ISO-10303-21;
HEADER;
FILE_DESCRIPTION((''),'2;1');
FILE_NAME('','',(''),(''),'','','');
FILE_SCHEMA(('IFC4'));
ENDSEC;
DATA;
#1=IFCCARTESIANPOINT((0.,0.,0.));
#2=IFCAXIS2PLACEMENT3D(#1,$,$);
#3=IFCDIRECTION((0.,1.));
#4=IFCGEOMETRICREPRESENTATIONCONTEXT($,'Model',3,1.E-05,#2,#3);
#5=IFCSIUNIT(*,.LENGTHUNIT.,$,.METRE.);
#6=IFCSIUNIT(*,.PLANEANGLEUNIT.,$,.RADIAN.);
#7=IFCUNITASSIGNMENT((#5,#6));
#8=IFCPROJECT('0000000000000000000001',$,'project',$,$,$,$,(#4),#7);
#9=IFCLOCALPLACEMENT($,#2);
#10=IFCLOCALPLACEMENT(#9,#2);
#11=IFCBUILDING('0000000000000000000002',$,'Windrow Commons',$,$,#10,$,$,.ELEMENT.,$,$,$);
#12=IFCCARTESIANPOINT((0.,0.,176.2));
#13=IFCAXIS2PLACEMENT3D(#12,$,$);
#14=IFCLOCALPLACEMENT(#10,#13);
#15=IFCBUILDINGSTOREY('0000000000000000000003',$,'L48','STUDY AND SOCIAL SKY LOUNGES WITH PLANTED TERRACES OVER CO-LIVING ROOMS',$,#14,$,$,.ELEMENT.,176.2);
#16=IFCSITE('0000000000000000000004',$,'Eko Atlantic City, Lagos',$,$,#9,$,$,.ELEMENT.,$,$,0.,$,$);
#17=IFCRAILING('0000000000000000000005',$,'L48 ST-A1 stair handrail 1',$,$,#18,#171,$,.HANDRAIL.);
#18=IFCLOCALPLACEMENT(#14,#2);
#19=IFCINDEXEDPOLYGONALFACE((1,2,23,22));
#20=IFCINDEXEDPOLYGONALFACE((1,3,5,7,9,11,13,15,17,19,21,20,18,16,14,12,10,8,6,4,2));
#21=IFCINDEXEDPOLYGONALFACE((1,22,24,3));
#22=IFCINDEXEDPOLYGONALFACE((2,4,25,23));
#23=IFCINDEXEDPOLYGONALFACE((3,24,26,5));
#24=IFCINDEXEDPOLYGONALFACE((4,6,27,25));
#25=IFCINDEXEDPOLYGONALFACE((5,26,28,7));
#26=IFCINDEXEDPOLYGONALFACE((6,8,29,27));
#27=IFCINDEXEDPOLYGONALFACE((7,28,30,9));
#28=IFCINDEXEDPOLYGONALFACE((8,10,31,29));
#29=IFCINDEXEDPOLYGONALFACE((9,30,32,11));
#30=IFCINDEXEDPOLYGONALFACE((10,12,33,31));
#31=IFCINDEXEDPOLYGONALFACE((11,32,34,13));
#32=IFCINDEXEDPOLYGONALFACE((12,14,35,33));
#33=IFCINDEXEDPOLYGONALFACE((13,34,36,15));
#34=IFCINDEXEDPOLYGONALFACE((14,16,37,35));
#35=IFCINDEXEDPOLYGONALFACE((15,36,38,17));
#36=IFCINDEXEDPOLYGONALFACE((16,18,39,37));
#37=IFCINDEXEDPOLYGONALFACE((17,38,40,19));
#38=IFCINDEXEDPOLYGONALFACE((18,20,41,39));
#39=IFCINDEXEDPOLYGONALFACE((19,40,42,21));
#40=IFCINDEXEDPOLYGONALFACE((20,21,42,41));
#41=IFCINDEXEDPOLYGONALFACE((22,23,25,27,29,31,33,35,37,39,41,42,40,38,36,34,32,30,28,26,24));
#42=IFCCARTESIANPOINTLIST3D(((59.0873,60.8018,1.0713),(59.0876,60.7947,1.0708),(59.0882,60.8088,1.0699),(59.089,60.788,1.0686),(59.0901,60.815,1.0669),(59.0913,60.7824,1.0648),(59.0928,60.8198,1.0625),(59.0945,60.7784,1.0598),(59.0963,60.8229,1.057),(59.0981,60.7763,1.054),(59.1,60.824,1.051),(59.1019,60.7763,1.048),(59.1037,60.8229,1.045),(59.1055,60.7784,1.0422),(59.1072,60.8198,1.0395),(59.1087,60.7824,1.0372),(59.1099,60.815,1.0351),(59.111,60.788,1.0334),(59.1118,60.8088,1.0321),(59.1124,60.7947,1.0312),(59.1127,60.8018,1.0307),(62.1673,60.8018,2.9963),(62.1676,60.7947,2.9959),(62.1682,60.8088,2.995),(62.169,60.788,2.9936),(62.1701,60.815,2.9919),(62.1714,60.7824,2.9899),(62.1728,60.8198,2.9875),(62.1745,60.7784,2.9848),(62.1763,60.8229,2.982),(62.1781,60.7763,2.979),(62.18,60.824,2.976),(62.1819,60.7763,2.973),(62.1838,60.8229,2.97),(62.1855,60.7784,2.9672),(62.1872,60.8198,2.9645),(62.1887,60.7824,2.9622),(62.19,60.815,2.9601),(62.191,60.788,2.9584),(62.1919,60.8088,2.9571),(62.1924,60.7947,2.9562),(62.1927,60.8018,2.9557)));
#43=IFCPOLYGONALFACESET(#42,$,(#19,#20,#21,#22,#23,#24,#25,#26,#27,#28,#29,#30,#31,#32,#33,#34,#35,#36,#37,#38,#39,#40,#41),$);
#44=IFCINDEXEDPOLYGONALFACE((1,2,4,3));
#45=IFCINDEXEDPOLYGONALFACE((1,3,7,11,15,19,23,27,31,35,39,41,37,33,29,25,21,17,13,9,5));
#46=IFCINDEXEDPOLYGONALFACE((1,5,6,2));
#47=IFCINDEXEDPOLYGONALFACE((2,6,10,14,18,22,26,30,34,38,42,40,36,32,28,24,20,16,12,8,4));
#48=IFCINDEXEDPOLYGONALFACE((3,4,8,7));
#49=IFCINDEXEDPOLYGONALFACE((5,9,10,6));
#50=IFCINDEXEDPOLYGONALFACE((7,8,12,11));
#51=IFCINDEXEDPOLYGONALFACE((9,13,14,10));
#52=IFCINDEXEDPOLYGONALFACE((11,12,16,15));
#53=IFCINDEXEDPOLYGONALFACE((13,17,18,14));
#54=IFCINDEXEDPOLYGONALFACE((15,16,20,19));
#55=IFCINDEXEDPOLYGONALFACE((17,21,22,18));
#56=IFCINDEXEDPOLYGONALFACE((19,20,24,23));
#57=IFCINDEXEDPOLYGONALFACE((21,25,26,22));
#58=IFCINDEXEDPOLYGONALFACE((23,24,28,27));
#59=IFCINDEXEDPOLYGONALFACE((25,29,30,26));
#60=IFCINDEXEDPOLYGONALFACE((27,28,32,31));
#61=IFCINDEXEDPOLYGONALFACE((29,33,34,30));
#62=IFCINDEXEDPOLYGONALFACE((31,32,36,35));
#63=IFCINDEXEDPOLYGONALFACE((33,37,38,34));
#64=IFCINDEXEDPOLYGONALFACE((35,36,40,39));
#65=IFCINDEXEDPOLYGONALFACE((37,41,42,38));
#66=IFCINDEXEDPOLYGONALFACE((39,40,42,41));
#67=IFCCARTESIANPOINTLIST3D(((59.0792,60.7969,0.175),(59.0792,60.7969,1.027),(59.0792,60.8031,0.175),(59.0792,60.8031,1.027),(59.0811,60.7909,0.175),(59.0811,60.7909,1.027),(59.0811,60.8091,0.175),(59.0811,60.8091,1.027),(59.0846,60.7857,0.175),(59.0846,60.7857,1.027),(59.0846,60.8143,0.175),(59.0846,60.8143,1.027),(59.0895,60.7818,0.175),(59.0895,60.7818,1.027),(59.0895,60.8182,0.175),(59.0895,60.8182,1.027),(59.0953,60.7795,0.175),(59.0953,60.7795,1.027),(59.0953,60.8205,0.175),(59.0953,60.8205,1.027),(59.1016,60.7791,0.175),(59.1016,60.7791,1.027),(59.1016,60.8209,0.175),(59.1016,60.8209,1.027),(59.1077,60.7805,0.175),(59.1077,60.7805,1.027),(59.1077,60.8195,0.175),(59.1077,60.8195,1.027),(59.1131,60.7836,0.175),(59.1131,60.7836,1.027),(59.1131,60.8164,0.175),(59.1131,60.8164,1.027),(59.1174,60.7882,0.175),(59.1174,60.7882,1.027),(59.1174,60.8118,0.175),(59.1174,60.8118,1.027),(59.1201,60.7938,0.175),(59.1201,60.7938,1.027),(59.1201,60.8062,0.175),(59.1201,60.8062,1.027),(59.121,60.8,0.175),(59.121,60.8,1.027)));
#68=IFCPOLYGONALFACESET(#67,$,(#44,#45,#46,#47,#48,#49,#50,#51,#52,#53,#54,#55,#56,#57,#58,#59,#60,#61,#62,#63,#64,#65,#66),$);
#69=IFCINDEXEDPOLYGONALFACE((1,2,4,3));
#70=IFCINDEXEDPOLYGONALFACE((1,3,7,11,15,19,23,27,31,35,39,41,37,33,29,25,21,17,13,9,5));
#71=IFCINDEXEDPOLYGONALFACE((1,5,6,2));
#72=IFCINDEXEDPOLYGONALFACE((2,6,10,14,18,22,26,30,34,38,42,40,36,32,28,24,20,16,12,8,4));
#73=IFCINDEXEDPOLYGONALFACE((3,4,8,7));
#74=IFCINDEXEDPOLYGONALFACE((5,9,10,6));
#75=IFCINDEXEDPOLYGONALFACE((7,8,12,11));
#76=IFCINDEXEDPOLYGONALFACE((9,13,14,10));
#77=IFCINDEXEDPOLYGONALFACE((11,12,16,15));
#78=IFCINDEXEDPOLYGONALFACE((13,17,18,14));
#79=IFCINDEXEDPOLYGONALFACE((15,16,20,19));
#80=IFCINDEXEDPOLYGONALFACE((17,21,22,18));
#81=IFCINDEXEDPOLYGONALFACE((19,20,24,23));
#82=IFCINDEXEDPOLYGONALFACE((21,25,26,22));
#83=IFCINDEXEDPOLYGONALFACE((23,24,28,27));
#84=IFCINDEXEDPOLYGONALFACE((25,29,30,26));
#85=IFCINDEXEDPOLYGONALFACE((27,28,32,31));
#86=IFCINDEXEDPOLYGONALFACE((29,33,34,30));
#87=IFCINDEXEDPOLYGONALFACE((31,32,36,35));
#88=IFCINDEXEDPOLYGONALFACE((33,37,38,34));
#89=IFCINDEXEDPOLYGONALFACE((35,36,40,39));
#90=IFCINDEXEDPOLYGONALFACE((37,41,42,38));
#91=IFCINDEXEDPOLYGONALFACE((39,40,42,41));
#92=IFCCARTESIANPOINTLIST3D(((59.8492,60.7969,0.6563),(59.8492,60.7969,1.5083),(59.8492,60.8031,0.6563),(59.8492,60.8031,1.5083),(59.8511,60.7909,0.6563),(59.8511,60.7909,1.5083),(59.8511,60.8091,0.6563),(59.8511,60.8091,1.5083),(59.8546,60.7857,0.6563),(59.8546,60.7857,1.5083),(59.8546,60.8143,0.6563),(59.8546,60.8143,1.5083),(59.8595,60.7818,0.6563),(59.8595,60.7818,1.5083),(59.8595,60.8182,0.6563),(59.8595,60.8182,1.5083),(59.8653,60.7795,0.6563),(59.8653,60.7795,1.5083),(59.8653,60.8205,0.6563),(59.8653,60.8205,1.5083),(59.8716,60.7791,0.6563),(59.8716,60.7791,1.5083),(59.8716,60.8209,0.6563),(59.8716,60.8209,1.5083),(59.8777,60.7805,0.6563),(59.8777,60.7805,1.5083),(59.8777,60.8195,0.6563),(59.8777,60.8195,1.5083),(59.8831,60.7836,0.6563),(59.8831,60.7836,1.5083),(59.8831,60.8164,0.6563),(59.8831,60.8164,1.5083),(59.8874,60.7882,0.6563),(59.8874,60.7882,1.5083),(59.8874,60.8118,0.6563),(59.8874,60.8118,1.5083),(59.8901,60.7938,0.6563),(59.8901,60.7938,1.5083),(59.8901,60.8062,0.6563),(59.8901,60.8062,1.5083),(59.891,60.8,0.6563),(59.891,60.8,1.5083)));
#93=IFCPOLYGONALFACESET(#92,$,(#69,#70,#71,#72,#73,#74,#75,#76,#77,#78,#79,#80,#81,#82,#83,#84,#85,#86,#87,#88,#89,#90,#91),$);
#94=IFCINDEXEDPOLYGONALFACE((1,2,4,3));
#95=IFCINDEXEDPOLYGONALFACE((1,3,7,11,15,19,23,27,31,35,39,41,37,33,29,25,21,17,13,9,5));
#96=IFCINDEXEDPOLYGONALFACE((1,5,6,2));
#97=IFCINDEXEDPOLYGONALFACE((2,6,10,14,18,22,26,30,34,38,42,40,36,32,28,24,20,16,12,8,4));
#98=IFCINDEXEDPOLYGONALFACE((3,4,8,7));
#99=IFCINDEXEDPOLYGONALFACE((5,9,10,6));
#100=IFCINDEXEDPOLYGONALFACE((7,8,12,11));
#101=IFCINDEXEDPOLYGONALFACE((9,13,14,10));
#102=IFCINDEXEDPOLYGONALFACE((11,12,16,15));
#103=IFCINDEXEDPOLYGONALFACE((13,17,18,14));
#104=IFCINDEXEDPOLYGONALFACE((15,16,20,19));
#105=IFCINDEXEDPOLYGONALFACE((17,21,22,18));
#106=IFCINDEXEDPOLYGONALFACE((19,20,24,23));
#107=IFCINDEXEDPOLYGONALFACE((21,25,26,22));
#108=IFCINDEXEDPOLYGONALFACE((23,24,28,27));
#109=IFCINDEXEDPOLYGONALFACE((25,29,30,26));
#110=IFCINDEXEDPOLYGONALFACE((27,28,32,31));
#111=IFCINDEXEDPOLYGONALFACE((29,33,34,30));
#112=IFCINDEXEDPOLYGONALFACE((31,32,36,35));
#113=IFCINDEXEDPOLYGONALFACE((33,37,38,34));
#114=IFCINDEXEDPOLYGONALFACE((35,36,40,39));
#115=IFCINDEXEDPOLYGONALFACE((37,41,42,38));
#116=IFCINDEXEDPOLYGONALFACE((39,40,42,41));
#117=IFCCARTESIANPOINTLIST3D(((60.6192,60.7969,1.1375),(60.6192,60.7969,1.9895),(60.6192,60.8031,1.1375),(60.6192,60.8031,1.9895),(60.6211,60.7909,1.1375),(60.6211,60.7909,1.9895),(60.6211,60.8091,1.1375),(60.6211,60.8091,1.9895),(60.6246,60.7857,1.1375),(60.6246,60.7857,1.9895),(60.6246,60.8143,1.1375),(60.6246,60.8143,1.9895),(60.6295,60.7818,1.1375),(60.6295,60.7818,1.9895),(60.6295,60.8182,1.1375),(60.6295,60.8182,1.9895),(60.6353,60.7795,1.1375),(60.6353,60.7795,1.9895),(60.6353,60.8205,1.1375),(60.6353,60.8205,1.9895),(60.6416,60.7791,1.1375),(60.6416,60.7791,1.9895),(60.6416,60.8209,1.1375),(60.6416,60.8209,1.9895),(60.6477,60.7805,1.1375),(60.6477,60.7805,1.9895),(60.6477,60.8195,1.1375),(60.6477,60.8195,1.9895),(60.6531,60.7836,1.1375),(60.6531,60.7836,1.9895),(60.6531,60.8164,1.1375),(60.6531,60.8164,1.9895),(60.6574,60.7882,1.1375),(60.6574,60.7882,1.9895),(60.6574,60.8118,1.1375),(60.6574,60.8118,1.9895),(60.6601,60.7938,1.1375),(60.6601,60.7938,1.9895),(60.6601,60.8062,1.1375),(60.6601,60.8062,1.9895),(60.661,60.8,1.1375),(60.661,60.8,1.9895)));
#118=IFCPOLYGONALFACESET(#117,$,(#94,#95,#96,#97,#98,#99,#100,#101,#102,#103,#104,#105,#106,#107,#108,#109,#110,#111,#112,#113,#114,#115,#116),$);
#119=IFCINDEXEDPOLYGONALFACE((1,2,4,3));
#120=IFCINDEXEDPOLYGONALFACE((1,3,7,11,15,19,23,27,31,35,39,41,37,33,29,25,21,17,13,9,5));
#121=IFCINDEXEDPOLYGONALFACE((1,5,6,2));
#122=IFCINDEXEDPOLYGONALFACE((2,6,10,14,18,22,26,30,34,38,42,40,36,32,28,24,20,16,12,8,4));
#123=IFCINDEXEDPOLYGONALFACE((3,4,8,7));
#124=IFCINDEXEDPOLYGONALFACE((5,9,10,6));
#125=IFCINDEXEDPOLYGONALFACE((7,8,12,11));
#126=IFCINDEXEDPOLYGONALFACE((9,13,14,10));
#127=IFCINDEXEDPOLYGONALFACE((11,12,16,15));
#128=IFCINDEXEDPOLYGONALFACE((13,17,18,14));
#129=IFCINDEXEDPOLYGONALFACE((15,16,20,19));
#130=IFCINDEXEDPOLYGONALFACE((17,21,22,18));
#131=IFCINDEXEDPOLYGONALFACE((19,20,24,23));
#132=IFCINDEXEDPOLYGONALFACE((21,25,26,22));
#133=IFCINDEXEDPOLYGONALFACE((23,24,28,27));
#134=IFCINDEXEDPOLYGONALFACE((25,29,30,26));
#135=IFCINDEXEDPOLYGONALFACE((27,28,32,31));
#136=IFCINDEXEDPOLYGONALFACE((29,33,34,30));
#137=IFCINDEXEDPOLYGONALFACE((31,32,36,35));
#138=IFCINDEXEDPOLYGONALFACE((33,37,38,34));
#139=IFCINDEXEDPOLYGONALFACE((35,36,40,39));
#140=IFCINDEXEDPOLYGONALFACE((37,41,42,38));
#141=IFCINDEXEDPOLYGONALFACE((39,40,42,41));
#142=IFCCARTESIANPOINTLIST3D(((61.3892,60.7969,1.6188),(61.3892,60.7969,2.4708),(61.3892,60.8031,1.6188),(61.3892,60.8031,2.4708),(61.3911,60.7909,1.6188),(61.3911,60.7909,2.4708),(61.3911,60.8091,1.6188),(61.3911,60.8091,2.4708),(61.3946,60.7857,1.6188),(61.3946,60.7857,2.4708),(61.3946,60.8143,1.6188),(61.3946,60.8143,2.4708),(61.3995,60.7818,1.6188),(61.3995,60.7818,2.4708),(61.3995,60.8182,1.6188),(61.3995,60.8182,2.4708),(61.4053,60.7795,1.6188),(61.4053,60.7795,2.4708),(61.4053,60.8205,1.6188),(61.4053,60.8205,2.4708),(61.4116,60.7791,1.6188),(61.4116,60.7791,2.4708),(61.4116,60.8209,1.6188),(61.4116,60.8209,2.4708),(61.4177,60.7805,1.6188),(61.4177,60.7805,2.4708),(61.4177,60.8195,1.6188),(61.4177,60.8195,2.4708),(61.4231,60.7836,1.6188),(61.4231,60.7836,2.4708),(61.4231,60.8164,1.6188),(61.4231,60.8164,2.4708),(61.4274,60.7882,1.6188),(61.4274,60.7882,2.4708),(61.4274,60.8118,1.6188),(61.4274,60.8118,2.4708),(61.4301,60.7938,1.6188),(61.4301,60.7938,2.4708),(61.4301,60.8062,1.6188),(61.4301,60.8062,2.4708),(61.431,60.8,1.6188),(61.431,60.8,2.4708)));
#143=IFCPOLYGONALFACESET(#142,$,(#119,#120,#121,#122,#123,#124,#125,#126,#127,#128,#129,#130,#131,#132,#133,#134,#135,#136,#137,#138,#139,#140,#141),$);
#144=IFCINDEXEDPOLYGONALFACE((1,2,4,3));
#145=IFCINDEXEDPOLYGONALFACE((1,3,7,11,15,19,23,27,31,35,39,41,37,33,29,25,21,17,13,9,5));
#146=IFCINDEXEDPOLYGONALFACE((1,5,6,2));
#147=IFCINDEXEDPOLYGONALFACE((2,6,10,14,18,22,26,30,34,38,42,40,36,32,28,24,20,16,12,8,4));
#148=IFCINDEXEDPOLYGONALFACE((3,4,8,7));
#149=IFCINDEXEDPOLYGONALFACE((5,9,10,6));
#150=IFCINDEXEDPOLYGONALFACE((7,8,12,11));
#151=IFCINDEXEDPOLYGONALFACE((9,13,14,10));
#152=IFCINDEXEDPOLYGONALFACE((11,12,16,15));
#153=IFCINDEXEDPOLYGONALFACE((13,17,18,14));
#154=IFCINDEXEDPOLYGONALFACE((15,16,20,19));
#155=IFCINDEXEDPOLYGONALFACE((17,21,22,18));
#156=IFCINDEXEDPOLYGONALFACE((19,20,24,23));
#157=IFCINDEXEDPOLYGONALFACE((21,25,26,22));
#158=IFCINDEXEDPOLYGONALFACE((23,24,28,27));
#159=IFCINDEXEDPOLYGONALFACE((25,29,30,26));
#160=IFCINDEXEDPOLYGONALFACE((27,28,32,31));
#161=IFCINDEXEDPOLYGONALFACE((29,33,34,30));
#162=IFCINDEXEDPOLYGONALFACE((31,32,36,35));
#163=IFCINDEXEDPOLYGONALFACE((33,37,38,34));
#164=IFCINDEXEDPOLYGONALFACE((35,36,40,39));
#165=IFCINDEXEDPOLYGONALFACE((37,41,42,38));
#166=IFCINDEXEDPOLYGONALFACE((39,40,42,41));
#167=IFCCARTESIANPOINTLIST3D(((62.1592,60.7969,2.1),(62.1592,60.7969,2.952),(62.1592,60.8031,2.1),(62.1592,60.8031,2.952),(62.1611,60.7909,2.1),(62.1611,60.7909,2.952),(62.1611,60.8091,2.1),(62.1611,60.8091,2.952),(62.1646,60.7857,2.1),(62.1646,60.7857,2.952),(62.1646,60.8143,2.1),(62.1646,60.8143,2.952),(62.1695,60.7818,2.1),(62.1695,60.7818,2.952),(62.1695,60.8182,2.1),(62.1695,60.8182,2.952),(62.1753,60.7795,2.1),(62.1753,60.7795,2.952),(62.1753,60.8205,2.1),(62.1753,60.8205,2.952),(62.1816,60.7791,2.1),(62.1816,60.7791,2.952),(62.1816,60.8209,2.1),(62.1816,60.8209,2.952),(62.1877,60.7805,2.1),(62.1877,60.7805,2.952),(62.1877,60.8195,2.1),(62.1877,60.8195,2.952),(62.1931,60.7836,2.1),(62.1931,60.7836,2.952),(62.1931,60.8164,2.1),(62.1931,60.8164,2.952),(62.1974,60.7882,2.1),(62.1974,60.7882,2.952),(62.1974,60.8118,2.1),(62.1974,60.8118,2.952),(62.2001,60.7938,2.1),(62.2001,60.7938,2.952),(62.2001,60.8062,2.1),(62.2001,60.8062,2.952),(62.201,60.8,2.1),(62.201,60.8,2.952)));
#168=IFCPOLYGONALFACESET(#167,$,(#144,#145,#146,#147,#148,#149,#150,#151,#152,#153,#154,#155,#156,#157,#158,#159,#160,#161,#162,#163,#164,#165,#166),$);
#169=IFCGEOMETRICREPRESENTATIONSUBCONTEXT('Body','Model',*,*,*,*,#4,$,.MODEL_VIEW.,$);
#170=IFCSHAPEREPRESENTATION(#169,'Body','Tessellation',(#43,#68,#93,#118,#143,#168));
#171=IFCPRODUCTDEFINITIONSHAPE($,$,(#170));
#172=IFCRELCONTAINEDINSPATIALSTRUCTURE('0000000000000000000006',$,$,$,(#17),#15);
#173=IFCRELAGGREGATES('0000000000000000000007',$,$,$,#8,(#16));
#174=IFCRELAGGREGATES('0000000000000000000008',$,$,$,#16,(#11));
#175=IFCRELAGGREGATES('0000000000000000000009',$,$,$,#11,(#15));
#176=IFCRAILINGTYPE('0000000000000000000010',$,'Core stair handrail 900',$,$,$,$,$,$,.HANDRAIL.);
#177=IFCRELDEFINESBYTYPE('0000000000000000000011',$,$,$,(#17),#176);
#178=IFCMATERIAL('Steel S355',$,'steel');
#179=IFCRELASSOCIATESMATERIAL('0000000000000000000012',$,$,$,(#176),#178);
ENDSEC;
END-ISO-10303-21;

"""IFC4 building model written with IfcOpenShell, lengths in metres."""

from ifc_helpers import new_model, si_unit, direction, frame, origin, origin_2d, place, context, subcontext, project, spatial, circle, extrude, material, type_object, element, save


model = new_model("IFC4")

# Units and contexts
model_context = context("Model", 3, precision=1e-05, world=origin(), true_north=direction((0.0, 1.0)))
body_context = subcontext(model_context, "Body", "Model", "MODEL_VIEW")
ifc_project = project(units=[si_unit("LENGTHUNIT", "METRE"), si_unit("PLANEANGLEUNIT", "RADIAN")], contexts=[model_context])

# Site, building, storey
site_placement = place(None, origin())
site = spatial("IfcSite", under=ifc_project, at=site_placement, Name="Eko Atlantic City, Lagos", CompositionType="ELEMENT", RefElevation=0.0)
building_placement = place(site_placement, origin())
building = spatial("IfcBuilding", under=site, at=building_placement, Name="Windrow Commons", CompositionType="ELEMENT")
storey_placement = place(building_placement, frame((0.0, 0.0, 176.2)))
storey = spatial("IfcBuildingStorey", under=building, at=storey_placement, Name="L48", Description="STUDY AND SOCIAL SKY LOUNGES WITH PLANTED TERRACES OVER CO-LIVING ROOMS", CompositionType="ELEMENT", Elevation=176.2)

# Railing
ifc_material_1 = material(Name="Steel S355", Category="steel")
railing_type_1 = type_object("IfcRailingType", Name="Core stair handrail 900", PredefinedType="HANDRAIL", material=ifc_material_1)
railing_1_placement = place(storey_placement, frame((59.1, 60.8, 0.175)))
element("IfcRailing", 1, at=railing_1_placement, inside=storey, type_object=railing_type_1, Name="L48 ST-A1 stair handrail 1", PredefinedType="HANDRAIL", context=body_context, shape_type="SweptSolid", body=[
    extrude(circle(Radius=0.024, at=origin_2d()), frame((0.0, 0.0, 0.876), z_axis=(0.847998, 0.0, 0.529999), x_axis=(0.0, 1.0, 0.0)), (0.0, 0.0, 1.0), 3.6321),
    extrude(circle(Radius=0.021, at=origin_2d()), origin(), (0.0, 0.0, 1.0), 0.852),
    extrude(circle(Radius=0.021, at=origin_2d()), frame((0.77, 0.0, 0.4813)), (0.0, 0.0, 1.0), 0.852),
    extrude(circle(Radius=0.021, at=origin_2d()), frame((1.54, 0.0, 0.9625)), (0.0, 0.0, 1.0), 0.852),
    extrude(circle(Radius=0.021, at=origin_2d()), frame((2.31, 0.0, 1.4438)), (0.0, 0.0, 1.0), 0.852),
    extrude(circle(Radius=0.021, at=origin_2d()), frame((3.08, 0.0, 1.925)), (0.0, 0.0, 1.0), 0.852),
])

save(model, "model.ifc")
